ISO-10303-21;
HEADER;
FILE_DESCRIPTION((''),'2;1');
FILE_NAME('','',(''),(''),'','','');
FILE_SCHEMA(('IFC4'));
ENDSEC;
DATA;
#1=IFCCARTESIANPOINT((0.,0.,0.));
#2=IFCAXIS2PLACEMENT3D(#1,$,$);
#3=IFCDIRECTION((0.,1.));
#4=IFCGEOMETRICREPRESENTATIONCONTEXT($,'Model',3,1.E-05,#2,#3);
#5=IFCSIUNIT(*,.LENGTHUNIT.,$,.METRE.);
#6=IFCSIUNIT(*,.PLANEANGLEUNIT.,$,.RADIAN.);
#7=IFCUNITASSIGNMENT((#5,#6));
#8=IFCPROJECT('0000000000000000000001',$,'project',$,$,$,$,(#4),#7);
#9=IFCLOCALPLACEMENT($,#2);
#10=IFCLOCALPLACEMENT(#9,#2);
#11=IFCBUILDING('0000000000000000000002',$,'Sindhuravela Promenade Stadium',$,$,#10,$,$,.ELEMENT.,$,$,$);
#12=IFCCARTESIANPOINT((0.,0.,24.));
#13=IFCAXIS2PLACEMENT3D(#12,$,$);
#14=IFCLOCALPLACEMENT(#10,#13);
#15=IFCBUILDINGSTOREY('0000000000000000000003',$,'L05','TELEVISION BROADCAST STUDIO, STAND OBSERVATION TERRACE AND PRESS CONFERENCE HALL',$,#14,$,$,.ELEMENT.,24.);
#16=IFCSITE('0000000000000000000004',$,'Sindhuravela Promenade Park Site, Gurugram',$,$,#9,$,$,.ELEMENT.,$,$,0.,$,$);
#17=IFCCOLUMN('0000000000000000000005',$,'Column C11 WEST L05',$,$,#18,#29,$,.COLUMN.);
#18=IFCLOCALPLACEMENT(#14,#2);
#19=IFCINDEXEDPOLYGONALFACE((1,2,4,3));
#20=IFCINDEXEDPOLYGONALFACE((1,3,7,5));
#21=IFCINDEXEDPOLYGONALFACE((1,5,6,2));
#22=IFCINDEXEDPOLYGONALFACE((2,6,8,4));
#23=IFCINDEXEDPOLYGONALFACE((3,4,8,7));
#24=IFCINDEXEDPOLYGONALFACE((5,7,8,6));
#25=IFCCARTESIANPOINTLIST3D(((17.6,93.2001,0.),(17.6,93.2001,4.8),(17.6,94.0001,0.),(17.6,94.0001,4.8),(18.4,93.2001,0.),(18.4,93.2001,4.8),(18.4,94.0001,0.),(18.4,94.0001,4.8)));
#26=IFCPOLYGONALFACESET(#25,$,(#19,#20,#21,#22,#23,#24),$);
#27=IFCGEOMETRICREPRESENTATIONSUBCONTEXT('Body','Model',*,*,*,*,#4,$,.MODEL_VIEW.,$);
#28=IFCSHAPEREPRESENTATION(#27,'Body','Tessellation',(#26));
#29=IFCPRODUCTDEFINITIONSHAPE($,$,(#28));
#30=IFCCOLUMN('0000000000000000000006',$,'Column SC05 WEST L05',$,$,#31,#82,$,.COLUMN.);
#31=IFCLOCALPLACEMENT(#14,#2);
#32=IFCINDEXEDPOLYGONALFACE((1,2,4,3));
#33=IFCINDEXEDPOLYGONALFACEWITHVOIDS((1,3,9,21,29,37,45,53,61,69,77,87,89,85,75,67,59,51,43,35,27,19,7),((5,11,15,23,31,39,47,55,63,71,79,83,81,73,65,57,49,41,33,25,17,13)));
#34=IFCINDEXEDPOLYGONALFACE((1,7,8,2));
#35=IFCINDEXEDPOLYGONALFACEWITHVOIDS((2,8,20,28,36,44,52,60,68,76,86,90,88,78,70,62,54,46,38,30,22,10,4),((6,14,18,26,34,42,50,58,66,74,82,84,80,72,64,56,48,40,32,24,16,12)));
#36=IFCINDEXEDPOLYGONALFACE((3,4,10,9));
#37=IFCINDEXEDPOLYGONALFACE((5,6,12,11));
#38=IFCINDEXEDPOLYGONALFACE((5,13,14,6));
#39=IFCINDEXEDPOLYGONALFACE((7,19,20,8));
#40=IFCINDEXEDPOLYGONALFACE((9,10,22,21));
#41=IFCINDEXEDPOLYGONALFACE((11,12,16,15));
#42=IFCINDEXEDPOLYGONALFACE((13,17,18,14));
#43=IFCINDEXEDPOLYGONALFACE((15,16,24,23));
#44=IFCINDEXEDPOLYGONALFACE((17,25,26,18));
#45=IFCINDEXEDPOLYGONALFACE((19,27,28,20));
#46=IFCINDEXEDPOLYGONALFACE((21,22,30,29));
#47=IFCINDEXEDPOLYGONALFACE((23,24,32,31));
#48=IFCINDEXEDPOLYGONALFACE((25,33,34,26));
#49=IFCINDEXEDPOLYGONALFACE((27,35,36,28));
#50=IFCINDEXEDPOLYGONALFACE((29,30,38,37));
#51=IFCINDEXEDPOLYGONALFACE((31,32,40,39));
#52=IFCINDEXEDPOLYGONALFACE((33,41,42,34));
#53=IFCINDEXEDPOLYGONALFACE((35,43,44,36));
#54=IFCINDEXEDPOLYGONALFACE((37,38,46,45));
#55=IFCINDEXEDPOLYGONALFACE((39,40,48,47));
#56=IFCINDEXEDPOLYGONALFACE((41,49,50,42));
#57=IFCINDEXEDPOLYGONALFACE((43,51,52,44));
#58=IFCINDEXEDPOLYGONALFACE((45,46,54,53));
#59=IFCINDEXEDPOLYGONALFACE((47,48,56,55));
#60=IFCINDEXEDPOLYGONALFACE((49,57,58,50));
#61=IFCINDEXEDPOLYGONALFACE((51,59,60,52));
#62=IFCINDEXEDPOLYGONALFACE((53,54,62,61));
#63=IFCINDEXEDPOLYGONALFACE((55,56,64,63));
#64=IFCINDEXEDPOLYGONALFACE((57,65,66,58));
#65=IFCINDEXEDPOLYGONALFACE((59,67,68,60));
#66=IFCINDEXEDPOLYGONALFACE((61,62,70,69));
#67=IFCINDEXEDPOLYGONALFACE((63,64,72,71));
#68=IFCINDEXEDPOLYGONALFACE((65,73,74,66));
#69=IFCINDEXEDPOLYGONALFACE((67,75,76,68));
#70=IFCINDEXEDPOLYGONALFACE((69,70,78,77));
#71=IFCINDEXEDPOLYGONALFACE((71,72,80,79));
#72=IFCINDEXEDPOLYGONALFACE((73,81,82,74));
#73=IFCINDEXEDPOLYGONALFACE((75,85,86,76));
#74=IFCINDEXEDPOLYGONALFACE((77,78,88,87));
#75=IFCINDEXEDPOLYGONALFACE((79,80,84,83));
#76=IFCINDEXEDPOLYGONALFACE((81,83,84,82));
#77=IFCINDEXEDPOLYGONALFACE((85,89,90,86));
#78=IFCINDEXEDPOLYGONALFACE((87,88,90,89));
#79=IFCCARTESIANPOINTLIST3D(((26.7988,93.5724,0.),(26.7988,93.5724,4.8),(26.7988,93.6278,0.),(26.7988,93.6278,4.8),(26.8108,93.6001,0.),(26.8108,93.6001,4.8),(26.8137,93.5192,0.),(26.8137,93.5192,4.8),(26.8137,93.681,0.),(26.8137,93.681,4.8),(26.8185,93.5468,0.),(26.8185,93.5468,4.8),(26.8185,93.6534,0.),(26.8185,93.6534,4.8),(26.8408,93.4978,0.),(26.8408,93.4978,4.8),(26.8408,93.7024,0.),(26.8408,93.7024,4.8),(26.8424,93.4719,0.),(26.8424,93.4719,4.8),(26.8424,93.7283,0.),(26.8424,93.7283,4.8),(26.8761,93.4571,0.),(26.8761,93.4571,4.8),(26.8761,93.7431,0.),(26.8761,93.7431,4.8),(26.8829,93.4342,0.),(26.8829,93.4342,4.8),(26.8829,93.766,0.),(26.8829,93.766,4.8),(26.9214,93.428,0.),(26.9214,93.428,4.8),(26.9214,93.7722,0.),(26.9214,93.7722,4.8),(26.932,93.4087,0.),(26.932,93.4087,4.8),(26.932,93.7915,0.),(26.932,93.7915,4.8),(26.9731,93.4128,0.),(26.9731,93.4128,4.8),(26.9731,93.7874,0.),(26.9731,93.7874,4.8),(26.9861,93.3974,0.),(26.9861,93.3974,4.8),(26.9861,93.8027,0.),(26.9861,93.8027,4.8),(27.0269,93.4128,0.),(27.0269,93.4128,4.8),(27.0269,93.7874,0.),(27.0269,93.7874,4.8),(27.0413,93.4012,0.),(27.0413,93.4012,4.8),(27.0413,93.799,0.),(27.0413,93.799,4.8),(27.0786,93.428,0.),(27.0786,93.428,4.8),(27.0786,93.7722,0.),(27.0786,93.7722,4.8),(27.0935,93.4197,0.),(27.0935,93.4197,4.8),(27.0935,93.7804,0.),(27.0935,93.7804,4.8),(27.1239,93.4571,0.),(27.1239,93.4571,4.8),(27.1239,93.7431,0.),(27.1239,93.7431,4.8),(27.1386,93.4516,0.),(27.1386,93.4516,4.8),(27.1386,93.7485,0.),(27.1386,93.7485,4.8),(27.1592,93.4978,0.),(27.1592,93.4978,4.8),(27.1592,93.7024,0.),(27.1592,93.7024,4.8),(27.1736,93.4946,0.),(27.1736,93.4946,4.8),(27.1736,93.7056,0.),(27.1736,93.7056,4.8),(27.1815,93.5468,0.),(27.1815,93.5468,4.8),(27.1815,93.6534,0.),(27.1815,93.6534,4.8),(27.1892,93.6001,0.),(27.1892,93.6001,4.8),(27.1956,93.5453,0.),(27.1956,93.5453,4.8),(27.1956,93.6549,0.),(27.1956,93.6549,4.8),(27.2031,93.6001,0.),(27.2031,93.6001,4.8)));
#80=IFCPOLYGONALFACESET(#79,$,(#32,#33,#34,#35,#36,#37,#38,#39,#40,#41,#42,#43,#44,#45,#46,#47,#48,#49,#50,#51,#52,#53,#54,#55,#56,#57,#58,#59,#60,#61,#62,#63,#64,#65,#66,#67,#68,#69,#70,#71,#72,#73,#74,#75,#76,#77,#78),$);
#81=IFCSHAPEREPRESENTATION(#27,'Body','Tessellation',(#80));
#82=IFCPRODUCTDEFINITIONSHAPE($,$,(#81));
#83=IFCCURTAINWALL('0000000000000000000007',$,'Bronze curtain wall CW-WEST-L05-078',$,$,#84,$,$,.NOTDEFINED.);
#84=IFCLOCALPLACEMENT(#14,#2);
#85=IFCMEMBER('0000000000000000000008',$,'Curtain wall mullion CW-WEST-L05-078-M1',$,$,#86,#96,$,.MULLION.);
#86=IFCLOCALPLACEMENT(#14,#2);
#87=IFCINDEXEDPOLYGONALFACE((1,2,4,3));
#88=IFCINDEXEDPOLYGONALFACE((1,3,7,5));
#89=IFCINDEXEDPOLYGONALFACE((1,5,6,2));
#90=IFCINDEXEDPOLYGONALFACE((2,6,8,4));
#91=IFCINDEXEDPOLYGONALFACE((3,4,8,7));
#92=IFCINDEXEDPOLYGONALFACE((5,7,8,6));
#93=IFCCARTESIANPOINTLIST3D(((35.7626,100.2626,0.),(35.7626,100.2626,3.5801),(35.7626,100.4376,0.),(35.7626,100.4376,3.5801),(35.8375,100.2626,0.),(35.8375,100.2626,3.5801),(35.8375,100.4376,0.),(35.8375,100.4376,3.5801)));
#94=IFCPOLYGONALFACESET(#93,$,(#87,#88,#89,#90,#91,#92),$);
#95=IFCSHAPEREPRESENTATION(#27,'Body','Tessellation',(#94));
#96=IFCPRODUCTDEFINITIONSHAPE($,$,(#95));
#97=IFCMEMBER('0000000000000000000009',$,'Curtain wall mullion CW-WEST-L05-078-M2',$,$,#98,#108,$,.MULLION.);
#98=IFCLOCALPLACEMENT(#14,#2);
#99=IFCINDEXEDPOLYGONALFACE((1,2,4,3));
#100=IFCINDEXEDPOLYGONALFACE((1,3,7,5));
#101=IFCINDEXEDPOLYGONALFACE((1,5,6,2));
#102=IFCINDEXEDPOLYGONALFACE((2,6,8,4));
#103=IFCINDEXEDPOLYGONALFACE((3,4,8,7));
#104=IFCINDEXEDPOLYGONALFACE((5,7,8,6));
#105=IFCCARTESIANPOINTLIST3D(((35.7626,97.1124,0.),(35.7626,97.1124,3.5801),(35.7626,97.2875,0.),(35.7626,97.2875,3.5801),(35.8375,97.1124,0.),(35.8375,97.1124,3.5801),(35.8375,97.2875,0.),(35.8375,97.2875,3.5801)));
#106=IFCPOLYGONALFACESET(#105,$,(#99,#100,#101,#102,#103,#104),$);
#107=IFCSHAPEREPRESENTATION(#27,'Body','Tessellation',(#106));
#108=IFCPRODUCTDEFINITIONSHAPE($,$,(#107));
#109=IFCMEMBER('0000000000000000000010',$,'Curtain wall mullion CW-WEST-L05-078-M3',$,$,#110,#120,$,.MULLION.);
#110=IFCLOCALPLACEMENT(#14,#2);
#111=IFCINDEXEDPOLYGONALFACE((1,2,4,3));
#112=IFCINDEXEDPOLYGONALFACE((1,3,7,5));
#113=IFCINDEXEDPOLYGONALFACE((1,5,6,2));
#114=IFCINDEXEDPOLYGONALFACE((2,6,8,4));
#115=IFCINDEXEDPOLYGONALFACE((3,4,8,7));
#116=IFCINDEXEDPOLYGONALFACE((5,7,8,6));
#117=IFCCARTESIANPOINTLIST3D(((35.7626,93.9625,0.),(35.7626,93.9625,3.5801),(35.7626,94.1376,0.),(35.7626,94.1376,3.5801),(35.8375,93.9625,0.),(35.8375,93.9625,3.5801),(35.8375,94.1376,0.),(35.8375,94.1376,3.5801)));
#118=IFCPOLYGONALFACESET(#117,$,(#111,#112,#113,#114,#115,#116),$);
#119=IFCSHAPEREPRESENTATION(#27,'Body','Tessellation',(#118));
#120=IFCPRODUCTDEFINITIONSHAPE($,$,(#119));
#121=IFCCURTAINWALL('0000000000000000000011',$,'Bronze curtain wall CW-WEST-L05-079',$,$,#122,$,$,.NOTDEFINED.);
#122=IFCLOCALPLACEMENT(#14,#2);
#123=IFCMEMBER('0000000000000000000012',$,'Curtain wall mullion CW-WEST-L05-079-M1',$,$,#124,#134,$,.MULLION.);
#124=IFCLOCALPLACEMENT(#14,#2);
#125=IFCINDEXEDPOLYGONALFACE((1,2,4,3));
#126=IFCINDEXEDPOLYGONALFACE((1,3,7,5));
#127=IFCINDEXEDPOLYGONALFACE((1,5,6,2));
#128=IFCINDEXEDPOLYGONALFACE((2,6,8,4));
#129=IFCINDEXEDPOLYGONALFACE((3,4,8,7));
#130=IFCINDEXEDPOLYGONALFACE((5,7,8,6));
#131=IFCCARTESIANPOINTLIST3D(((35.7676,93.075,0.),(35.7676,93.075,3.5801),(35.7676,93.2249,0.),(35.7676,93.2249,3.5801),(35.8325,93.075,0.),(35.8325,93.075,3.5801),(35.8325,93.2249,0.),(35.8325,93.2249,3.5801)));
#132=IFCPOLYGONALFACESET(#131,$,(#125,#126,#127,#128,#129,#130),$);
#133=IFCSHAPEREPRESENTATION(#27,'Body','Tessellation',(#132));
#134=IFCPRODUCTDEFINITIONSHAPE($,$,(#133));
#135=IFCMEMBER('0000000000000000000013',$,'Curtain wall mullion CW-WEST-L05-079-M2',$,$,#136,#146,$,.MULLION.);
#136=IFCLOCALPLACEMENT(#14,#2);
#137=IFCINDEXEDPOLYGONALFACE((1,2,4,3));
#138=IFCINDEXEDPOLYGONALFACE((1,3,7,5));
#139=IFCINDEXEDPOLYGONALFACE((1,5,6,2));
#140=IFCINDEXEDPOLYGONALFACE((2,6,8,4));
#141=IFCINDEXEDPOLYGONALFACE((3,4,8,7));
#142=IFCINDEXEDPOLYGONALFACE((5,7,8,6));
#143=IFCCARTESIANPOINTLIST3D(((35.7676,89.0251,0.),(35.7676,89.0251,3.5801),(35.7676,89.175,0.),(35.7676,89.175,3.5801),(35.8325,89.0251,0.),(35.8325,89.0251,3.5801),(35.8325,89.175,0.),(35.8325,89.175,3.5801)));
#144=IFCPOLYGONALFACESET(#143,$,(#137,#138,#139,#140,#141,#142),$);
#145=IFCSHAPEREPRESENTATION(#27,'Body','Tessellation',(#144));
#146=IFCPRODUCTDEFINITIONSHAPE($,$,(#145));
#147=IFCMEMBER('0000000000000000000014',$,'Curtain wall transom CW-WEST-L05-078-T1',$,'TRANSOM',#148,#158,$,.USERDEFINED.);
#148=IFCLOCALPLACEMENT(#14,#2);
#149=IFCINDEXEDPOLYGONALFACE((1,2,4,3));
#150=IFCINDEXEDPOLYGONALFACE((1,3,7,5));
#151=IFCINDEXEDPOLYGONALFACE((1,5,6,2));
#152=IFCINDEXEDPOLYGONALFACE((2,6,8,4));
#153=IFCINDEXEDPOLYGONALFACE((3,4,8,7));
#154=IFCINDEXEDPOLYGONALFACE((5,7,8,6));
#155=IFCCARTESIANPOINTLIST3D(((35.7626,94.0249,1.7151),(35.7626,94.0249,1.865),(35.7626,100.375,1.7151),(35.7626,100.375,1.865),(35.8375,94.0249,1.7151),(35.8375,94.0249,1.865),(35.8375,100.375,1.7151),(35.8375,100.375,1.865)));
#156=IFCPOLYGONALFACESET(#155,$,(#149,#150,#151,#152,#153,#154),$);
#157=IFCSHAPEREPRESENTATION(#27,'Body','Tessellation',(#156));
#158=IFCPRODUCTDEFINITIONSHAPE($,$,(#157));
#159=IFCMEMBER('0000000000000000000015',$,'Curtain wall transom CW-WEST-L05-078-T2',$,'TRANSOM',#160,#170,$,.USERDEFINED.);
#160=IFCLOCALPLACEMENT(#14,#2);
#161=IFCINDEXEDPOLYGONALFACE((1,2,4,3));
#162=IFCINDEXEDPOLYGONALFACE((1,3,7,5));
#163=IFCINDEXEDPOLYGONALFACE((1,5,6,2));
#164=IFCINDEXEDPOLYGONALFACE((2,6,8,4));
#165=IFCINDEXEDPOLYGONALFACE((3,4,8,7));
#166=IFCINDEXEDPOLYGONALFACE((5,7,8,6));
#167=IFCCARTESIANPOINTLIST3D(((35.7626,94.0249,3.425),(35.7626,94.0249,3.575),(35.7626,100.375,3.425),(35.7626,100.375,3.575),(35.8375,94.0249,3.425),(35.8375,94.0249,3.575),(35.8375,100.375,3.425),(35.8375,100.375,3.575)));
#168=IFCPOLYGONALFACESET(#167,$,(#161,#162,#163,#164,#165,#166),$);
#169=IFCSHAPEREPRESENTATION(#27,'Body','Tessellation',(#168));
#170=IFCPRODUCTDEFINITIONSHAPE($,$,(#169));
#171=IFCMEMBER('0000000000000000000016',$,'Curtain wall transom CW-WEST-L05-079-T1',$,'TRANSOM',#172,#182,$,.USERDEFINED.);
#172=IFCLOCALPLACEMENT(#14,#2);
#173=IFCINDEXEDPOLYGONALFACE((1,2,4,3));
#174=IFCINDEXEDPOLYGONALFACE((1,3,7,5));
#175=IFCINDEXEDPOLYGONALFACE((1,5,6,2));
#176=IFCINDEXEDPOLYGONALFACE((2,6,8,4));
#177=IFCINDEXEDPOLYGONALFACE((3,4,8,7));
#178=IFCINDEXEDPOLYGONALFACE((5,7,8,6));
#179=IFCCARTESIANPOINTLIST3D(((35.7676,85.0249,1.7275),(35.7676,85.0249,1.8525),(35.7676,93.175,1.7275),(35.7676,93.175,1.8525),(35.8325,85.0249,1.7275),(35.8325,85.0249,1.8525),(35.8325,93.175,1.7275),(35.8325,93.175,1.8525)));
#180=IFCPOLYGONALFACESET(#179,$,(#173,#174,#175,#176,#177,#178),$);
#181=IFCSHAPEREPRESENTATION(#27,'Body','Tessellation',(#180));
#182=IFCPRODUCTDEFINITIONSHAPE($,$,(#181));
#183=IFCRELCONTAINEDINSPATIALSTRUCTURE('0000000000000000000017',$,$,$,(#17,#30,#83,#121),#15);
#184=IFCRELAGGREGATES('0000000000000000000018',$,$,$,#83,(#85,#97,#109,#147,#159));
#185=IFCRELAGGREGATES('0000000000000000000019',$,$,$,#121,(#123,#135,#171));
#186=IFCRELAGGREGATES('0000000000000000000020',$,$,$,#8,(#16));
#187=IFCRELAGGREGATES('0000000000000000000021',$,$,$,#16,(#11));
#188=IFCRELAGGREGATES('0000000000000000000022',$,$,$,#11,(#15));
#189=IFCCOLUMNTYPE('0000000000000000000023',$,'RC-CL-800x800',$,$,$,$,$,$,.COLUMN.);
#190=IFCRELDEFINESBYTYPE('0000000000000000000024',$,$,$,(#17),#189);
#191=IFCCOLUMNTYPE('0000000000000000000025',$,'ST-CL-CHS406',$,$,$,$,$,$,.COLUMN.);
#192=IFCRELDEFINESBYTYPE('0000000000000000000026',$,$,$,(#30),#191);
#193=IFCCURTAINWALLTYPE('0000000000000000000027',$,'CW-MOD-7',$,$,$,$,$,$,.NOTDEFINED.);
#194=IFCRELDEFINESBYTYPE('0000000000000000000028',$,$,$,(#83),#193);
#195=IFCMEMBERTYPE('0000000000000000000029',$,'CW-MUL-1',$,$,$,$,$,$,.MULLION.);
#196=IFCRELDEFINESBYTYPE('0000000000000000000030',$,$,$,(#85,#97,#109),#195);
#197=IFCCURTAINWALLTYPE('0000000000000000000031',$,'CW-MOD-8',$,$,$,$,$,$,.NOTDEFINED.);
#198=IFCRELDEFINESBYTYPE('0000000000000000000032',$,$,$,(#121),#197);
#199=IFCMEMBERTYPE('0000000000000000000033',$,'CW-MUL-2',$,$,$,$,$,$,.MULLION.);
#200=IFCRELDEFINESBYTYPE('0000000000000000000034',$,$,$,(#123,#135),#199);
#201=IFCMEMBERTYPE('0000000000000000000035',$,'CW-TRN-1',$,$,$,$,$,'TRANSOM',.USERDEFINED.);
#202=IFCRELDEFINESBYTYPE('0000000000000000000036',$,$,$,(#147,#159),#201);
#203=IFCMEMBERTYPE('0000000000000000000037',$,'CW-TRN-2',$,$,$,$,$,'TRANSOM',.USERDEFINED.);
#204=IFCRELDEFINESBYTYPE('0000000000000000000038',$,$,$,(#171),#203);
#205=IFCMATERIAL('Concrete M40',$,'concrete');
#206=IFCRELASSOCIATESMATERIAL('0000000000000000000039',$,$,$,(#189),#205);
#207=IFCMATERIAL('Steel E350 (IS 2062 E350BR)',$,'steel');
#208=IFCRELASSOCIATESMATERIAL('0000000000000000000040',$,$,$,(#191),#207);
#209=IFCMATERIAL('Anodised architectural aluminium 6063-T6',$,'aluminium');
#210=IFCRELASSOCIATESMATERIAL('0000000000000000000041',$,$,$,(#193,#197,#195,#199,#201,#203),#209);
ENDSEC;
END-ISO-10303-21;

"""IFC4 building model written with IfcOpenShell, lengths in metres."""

from ifc_helpers import new_model, si_unit, direction, frame, origin, origin_2d, place, context, subcontext, project, spatial, rectangle, hollow_circle, extrude, material, material_profile, profile_set, type_object, element, aggregate, save


model = new_model("IFC4")

# Units and contexts
model_context = context("Model", 3, precision=1e-05, world=origin(), true_north=direction((0.0, 1.0)))
body_context = subcontext(model_context, "Body", "Model", "MODEL_VIEW")
ifc_project = project(units=[si_unit("LENGTHUNIT", "METRE"), si_unit("PLANEANGLEUNIT", "RADIAN")], contexts=[model_context])

# Site, building, storey
site_placement = place(None, origin())
site = spatial("IfcSite", under=ifc_project, at=site_placement, Name="Sindhuravela Promenade Park Site, Gurugram", CompositionType="ELEMENT", RefElevation=0.0)
building_placement = place(site_placement, origin())
building = spatial("IfcBuilding", under=site, at=building_placement, Name="Sindhuravela Promenade Stadium", CompositionType="ELEMENT")
storey_placement = place(building_placement, frame((0.0, 0.0, 24.0)))
storey = spatial("IfcBuildingStorey", under=building, at=storey_placement, Name="L05", Description="TELEVISION BROADCAST STUDIO, STAND OBSERVATION TERRACE AND PRESS CONFERENCE HALL", CompositionType="ELEMENT", Elevation=24.0)

# Columns
ifc_material_1 = material(Name="Concrete M40", Category="concrete")
ifc_material_profile_1 = material_profile(ifc_material_1, rectangle(XDim=0.8, YDim=0.8, at=origin_2d()), Name="RC 800x800")
ifc_profile_set_1 = profile_set([ifc_material_profile_1], Name="Concrete M40")
column_type_1 = type_object("IfcColumnType", Name="RC-CL-800x800", PredefinedType="COLUMN", material=ifc_profile_set_1)
column_1_placement = place(storey_placement, frame((18.0, 93.6001, 0.0), z_axis=(0.0, 0.0, 1.0), x_axis=(1.0, 0.0, 0.0)))
element("IfcColumn", 1, at=column_1_placement, inside=storey, type_object=column_type_1, Name="Column C11 WEST L05", PredefinedType="COLUMN", context=body_context, shape_type="SweptSolid", body=[
    extrude(rectangle(XDim=0.8, YDim=0.8, at=origin_2d()), origin(), (0.0, 0.0, 1.0), 4.8),
])
ifc_material_2 = material(Name="Steel E350 (IS 2062 E350BR)", Category="steel")
ifc_material_profile_2 = material_profile(ifc_material_2, hollow_circle(Radius=0.2031, WallThickness=0.0139, at=origin_2d()), Name="CHS 406.4x14")
ifc_profile_set_2 = profile_set([ifc_material_profile_2], Name="Steel E350 (IS 2062 E350BR)")
column_type_2 = type_object("IfcColumnType", Name="ST-CL-CHS406", PredefinedType="COLUMN", material=ifc_profile_set_2)
column_2_placement = place(storey_placement, frame((27.0, 93.6001, 0.0), z_axis=(0.0, 0.0, 1.0), x_axis=(1.0, 0.0, 0.0)))
element("IfcColumn", 2, at=column_2_placement, inside=storey, type_object=column_type_2, Name="Column SC05 WEST L05", PredefinedType="COLUMN", context=body_context, shape_type="SweptSolid", body=[
    extrude(hollow_circle(Radius=0.2031, WallThickness=0.0139, at=origin_2d()), origin(), (0.0, 0.0, 1.0), 4.8),
])

# Curtain walls, members
ifc_material_3 = material(Name="Anodised architectural aluminium 6063-T6", Category="aluminium")
curtain_wall_type_1 = type_object("IfcCurtainWallType", Name="CW-MOD-7", PredefinedType="NOTDEFINED", material=ifc_material_3)
curtain_wall_1_placement = place(storey_placement, origin())
curtain_wall_1 = element("IfcCurtainWall", 3, at=curtain_wall_1_placement, inside=storey, type_object=curtain_wall_type_1, Name="Bronze curtain wall CW-WEST-L05-078", PredefinedType="NOTDEFINED")
ifc_material_profile_3 = material_profile(ifc_material_3, rectangle(XDim=0.075, YDim=0.175, at=origin_2d()), Name="ALU MULL 75x175")
ifc_profile_set_3 = profile_set([ifc_material_profile_3], Name="Anodised architectural aluminium 6063-T6")
member_type_1 = type_object("IfcMemberType", Name="CW-MUL-1", PredefinedType="MULLION", material=ifc_profile_set_3)
member_1_placement = place(storey_placement, frame((35.8, 100.3501, 0.0), z_axis=(0.0, 0.0, 1.0), x_axis=(1.0, 0.0, 0.0)))
member_1 = element("IfcMember", 4, at=member_1_placement, type_object=member_type_1, Name="Curtain wall mullion CW-WEST-L05-078-M1", PredefinedType="MULLION", context=body_context, shape_type="SweptSolid", body=[
    extrude(rectangle(XDim=0.075, YDim=0.175, at=origin_2d()), origin(), (0.0, 0.0, 1.0), 3.5801),
])
member_2_placement = place(storey_placement, frame((35.8, 97.2, 0.0), z_axis=(0.0, 0.0, 1.0), x_axis=(1.0, 0.0, 0.0)))
member_2 = element("IfcMember", 5, at=member_2_placement, type_object=member_type_1, Name="Curtain wall mullion CW-WEST-L05-078-M2", PredefinedType="MULLION", context=body_context, shape_type="SweptSolid", body=[
    extrude(rectangle(XDim=0.075, YDim=0.175, at=origin_2d()), origin(), (0.0, 0.0, 1.0), 3.5801),
])
member_3_placement = place(storey_placement, frame((35.8, 94.05, 0.0), z_axis=(0.0, 0.0, 1.0), x_axis=(1.0, 0.0, 0.0)))
member_3 = element("IfcMember", 6, at=member_3_placement, type_object=member_type_1, Name="Curtain wall mullion CW-WEST-L05-078-M3", PredefinedType="MULLION", context=body_context, shape_type="SweptSolid", body=[
    extrude(rectangle(XDim=0.075, YDim=0.175, at=origin_2d()), origin(), (0.0, 0.0, 1.0), 3.5801),
])
curtain_wall_type_2 = type_object("IfcCurtainWallType", Name="CW-MOD-8", PredefinedType="NOTDEFINED", material=ifc_material_3)
curtain_wall_2_placement = place(storey_placement, origin())
curtain_wall_2 = element("IfcCurtainWall", 7, at=curtain_wall_2_placement, inside=storey, type_object=curtain_wall_type_2, Name="Bronze curtain wall CW-WEST-L05-079", PredefinedType="NOTDEFINED")
ifc_material_profile_4 = material_profile(ifc_material_3, rectangle(XDim=0.0649, YDim=0.1499, at=origin_2d()), Name="ALU MULL 65x150")
ifc_profile_set_4 = profile_set([ifc_material_profile_4], Name="Anodised architectural aluminium 6063-T6")
member_type_2 = type_object("IfcMemberType", Name="CW-MUL-2", PredefinedType="MULLION", material=ifc_profile_set_4)
member_4_placement = place(storey_placement, frame((35.8, 93.1499, 0.0), z_axis=(0.0, 0.0, 1.0), x_axis=(1.0, 0.0, 0.0)))
member_4 = element("IfcMember", 8, at=member_4_placement, type_object=member_type_2, Name="Curtain wall mullion CW-WEST-L05-079-M1", PredefinedType="MULLION", context=body_context, shape_type="SweptSolid", body=[
    extrude(rectangle(XDim=0.0649, YDim=0.1499, at=origin_2d()), origin(), (0.0, 0.0, 1.0), 3.5801),
])
member_5_placement = place(storey_placement, frame((35.8, 89.1001, 0.0), z_axis=(0.0, 0.0, 1.0), x_axis=(1.0, 0.0, 0.0)))
member_5 = element("IfcMember", 9, at=member_5_placement, type_object=member_type_2, Name="Curtain wall mullion CW-WEST-L05-079-M2", PredefinedType="MULLION", context=body_context, shape_type="SweptSolid", body=[
    extrude(rectangle(XDim=0.0649, YDim=0.1499, at=origin_2d()), origin(), (0.0, 0.0, 1.0), 3.5801),
])

# Members
ifc_material_profile_5 = material_profile(ifc_material_3, rectangle(XDim=0.075, YDim=0.1499, at=origin_2d()), Name="ALU TRAN 75x150")
ifc_profile_set_5 = profile_set([ifc_material_profile_5], Name="Anodised architectural aluminium 6063-T6")
member_type_3 = type_object("IfcMemberType", Name="CW-TRN-1", ElementType="TRANSOM", PredefinedType="USERDEFINED", material=ifc_profile_set_5)
member_6_placement = place(storey_placement, frame((35.8, 100.375, 1.79), z_axis=(0.0, -1.0, 0.0), x_axis=(1.0, 0.0, 0.0)))
member_6 = element("IfcMember", 10, at=member_6_placement, type_object=member_type_3, Name="Curtain wall transom CW-WEST-L05-078-T1", ObjectType="TRANSOM", PredefinedType="USERDEFINED", context=body_context, shape_type="SweptSolid", body=[
    extrude(rectangle(XDim=0.075, YDim=0.1499, at=origin_2d()), origin(), (0.0, 0.0, 1.0), 6.3501),
])
member_7_placement = place(storey_placement, frame((35.8, 100.375, 3.5), z_axis=(0.0, -1.0, 0.0), x_axis=(1.0, 0.0, 0.0)))
member_7 = element("IfcMember", 11, at=member_7_placement, type_object=member_type_3, Name="Curtain wall transom CW-WEST-L05-078-T2", ObjectType="TRANSOM", PredefinedType="USERDEFINED", context=body_context, shape_type="SweptSolid", body=[
    extrude(rectangle(XDim=0.075, YDim=0.1499, at=origin_2d()), origin(), (0.0, 0.0, 1.0), 6.3501),
])
ifc_material_profile_6 = material_profile(ifc_material_3, rectangle(XDim=0.0649, YDim=0.125, at=origin_2d()), Name="ALU TRAN 65x125")
ifc_profile_set_6 = profile_set([ifc_material_profile_6], Name="Anodised architectural aluminium 6063-T6")
member_type_4 = type_object("IfcMemberType", Name="CW-TRN-2", ElementType="TRANSOM", PredefinedType="USERDEFINED", material=ifc_profile_set_6)
member_8_placement = place(storey_placement, frame((35.8, 93.175, 1.79), z_axis=(0.0, -1.0, 0.0), x_axis=(1.0, 0.0, 0.0)))
member_8 = element("IfcMember", 12, at=member_8_placement, type_object=member_type_4, Name="Curtain wall transom CW-WEST-L05-079-T1", ObjectType="TRANSOM", PredefinedType="USERDEFINED", context=body_context, shape_type="SweptSolid", body=[
    extrude(rectangle(XDim=0.0649, YDim=0.125, at=origin_2d()), origin(), (0.0, 0.0, 1.0), 8.1501),
])

aggregate(curtain_wall_1, [member_1, member_2, member_3, member_6, member_7])
aggregate(curtain_wall_2, [member_4, member_5, member_8])

save(model, "model.ifc")
